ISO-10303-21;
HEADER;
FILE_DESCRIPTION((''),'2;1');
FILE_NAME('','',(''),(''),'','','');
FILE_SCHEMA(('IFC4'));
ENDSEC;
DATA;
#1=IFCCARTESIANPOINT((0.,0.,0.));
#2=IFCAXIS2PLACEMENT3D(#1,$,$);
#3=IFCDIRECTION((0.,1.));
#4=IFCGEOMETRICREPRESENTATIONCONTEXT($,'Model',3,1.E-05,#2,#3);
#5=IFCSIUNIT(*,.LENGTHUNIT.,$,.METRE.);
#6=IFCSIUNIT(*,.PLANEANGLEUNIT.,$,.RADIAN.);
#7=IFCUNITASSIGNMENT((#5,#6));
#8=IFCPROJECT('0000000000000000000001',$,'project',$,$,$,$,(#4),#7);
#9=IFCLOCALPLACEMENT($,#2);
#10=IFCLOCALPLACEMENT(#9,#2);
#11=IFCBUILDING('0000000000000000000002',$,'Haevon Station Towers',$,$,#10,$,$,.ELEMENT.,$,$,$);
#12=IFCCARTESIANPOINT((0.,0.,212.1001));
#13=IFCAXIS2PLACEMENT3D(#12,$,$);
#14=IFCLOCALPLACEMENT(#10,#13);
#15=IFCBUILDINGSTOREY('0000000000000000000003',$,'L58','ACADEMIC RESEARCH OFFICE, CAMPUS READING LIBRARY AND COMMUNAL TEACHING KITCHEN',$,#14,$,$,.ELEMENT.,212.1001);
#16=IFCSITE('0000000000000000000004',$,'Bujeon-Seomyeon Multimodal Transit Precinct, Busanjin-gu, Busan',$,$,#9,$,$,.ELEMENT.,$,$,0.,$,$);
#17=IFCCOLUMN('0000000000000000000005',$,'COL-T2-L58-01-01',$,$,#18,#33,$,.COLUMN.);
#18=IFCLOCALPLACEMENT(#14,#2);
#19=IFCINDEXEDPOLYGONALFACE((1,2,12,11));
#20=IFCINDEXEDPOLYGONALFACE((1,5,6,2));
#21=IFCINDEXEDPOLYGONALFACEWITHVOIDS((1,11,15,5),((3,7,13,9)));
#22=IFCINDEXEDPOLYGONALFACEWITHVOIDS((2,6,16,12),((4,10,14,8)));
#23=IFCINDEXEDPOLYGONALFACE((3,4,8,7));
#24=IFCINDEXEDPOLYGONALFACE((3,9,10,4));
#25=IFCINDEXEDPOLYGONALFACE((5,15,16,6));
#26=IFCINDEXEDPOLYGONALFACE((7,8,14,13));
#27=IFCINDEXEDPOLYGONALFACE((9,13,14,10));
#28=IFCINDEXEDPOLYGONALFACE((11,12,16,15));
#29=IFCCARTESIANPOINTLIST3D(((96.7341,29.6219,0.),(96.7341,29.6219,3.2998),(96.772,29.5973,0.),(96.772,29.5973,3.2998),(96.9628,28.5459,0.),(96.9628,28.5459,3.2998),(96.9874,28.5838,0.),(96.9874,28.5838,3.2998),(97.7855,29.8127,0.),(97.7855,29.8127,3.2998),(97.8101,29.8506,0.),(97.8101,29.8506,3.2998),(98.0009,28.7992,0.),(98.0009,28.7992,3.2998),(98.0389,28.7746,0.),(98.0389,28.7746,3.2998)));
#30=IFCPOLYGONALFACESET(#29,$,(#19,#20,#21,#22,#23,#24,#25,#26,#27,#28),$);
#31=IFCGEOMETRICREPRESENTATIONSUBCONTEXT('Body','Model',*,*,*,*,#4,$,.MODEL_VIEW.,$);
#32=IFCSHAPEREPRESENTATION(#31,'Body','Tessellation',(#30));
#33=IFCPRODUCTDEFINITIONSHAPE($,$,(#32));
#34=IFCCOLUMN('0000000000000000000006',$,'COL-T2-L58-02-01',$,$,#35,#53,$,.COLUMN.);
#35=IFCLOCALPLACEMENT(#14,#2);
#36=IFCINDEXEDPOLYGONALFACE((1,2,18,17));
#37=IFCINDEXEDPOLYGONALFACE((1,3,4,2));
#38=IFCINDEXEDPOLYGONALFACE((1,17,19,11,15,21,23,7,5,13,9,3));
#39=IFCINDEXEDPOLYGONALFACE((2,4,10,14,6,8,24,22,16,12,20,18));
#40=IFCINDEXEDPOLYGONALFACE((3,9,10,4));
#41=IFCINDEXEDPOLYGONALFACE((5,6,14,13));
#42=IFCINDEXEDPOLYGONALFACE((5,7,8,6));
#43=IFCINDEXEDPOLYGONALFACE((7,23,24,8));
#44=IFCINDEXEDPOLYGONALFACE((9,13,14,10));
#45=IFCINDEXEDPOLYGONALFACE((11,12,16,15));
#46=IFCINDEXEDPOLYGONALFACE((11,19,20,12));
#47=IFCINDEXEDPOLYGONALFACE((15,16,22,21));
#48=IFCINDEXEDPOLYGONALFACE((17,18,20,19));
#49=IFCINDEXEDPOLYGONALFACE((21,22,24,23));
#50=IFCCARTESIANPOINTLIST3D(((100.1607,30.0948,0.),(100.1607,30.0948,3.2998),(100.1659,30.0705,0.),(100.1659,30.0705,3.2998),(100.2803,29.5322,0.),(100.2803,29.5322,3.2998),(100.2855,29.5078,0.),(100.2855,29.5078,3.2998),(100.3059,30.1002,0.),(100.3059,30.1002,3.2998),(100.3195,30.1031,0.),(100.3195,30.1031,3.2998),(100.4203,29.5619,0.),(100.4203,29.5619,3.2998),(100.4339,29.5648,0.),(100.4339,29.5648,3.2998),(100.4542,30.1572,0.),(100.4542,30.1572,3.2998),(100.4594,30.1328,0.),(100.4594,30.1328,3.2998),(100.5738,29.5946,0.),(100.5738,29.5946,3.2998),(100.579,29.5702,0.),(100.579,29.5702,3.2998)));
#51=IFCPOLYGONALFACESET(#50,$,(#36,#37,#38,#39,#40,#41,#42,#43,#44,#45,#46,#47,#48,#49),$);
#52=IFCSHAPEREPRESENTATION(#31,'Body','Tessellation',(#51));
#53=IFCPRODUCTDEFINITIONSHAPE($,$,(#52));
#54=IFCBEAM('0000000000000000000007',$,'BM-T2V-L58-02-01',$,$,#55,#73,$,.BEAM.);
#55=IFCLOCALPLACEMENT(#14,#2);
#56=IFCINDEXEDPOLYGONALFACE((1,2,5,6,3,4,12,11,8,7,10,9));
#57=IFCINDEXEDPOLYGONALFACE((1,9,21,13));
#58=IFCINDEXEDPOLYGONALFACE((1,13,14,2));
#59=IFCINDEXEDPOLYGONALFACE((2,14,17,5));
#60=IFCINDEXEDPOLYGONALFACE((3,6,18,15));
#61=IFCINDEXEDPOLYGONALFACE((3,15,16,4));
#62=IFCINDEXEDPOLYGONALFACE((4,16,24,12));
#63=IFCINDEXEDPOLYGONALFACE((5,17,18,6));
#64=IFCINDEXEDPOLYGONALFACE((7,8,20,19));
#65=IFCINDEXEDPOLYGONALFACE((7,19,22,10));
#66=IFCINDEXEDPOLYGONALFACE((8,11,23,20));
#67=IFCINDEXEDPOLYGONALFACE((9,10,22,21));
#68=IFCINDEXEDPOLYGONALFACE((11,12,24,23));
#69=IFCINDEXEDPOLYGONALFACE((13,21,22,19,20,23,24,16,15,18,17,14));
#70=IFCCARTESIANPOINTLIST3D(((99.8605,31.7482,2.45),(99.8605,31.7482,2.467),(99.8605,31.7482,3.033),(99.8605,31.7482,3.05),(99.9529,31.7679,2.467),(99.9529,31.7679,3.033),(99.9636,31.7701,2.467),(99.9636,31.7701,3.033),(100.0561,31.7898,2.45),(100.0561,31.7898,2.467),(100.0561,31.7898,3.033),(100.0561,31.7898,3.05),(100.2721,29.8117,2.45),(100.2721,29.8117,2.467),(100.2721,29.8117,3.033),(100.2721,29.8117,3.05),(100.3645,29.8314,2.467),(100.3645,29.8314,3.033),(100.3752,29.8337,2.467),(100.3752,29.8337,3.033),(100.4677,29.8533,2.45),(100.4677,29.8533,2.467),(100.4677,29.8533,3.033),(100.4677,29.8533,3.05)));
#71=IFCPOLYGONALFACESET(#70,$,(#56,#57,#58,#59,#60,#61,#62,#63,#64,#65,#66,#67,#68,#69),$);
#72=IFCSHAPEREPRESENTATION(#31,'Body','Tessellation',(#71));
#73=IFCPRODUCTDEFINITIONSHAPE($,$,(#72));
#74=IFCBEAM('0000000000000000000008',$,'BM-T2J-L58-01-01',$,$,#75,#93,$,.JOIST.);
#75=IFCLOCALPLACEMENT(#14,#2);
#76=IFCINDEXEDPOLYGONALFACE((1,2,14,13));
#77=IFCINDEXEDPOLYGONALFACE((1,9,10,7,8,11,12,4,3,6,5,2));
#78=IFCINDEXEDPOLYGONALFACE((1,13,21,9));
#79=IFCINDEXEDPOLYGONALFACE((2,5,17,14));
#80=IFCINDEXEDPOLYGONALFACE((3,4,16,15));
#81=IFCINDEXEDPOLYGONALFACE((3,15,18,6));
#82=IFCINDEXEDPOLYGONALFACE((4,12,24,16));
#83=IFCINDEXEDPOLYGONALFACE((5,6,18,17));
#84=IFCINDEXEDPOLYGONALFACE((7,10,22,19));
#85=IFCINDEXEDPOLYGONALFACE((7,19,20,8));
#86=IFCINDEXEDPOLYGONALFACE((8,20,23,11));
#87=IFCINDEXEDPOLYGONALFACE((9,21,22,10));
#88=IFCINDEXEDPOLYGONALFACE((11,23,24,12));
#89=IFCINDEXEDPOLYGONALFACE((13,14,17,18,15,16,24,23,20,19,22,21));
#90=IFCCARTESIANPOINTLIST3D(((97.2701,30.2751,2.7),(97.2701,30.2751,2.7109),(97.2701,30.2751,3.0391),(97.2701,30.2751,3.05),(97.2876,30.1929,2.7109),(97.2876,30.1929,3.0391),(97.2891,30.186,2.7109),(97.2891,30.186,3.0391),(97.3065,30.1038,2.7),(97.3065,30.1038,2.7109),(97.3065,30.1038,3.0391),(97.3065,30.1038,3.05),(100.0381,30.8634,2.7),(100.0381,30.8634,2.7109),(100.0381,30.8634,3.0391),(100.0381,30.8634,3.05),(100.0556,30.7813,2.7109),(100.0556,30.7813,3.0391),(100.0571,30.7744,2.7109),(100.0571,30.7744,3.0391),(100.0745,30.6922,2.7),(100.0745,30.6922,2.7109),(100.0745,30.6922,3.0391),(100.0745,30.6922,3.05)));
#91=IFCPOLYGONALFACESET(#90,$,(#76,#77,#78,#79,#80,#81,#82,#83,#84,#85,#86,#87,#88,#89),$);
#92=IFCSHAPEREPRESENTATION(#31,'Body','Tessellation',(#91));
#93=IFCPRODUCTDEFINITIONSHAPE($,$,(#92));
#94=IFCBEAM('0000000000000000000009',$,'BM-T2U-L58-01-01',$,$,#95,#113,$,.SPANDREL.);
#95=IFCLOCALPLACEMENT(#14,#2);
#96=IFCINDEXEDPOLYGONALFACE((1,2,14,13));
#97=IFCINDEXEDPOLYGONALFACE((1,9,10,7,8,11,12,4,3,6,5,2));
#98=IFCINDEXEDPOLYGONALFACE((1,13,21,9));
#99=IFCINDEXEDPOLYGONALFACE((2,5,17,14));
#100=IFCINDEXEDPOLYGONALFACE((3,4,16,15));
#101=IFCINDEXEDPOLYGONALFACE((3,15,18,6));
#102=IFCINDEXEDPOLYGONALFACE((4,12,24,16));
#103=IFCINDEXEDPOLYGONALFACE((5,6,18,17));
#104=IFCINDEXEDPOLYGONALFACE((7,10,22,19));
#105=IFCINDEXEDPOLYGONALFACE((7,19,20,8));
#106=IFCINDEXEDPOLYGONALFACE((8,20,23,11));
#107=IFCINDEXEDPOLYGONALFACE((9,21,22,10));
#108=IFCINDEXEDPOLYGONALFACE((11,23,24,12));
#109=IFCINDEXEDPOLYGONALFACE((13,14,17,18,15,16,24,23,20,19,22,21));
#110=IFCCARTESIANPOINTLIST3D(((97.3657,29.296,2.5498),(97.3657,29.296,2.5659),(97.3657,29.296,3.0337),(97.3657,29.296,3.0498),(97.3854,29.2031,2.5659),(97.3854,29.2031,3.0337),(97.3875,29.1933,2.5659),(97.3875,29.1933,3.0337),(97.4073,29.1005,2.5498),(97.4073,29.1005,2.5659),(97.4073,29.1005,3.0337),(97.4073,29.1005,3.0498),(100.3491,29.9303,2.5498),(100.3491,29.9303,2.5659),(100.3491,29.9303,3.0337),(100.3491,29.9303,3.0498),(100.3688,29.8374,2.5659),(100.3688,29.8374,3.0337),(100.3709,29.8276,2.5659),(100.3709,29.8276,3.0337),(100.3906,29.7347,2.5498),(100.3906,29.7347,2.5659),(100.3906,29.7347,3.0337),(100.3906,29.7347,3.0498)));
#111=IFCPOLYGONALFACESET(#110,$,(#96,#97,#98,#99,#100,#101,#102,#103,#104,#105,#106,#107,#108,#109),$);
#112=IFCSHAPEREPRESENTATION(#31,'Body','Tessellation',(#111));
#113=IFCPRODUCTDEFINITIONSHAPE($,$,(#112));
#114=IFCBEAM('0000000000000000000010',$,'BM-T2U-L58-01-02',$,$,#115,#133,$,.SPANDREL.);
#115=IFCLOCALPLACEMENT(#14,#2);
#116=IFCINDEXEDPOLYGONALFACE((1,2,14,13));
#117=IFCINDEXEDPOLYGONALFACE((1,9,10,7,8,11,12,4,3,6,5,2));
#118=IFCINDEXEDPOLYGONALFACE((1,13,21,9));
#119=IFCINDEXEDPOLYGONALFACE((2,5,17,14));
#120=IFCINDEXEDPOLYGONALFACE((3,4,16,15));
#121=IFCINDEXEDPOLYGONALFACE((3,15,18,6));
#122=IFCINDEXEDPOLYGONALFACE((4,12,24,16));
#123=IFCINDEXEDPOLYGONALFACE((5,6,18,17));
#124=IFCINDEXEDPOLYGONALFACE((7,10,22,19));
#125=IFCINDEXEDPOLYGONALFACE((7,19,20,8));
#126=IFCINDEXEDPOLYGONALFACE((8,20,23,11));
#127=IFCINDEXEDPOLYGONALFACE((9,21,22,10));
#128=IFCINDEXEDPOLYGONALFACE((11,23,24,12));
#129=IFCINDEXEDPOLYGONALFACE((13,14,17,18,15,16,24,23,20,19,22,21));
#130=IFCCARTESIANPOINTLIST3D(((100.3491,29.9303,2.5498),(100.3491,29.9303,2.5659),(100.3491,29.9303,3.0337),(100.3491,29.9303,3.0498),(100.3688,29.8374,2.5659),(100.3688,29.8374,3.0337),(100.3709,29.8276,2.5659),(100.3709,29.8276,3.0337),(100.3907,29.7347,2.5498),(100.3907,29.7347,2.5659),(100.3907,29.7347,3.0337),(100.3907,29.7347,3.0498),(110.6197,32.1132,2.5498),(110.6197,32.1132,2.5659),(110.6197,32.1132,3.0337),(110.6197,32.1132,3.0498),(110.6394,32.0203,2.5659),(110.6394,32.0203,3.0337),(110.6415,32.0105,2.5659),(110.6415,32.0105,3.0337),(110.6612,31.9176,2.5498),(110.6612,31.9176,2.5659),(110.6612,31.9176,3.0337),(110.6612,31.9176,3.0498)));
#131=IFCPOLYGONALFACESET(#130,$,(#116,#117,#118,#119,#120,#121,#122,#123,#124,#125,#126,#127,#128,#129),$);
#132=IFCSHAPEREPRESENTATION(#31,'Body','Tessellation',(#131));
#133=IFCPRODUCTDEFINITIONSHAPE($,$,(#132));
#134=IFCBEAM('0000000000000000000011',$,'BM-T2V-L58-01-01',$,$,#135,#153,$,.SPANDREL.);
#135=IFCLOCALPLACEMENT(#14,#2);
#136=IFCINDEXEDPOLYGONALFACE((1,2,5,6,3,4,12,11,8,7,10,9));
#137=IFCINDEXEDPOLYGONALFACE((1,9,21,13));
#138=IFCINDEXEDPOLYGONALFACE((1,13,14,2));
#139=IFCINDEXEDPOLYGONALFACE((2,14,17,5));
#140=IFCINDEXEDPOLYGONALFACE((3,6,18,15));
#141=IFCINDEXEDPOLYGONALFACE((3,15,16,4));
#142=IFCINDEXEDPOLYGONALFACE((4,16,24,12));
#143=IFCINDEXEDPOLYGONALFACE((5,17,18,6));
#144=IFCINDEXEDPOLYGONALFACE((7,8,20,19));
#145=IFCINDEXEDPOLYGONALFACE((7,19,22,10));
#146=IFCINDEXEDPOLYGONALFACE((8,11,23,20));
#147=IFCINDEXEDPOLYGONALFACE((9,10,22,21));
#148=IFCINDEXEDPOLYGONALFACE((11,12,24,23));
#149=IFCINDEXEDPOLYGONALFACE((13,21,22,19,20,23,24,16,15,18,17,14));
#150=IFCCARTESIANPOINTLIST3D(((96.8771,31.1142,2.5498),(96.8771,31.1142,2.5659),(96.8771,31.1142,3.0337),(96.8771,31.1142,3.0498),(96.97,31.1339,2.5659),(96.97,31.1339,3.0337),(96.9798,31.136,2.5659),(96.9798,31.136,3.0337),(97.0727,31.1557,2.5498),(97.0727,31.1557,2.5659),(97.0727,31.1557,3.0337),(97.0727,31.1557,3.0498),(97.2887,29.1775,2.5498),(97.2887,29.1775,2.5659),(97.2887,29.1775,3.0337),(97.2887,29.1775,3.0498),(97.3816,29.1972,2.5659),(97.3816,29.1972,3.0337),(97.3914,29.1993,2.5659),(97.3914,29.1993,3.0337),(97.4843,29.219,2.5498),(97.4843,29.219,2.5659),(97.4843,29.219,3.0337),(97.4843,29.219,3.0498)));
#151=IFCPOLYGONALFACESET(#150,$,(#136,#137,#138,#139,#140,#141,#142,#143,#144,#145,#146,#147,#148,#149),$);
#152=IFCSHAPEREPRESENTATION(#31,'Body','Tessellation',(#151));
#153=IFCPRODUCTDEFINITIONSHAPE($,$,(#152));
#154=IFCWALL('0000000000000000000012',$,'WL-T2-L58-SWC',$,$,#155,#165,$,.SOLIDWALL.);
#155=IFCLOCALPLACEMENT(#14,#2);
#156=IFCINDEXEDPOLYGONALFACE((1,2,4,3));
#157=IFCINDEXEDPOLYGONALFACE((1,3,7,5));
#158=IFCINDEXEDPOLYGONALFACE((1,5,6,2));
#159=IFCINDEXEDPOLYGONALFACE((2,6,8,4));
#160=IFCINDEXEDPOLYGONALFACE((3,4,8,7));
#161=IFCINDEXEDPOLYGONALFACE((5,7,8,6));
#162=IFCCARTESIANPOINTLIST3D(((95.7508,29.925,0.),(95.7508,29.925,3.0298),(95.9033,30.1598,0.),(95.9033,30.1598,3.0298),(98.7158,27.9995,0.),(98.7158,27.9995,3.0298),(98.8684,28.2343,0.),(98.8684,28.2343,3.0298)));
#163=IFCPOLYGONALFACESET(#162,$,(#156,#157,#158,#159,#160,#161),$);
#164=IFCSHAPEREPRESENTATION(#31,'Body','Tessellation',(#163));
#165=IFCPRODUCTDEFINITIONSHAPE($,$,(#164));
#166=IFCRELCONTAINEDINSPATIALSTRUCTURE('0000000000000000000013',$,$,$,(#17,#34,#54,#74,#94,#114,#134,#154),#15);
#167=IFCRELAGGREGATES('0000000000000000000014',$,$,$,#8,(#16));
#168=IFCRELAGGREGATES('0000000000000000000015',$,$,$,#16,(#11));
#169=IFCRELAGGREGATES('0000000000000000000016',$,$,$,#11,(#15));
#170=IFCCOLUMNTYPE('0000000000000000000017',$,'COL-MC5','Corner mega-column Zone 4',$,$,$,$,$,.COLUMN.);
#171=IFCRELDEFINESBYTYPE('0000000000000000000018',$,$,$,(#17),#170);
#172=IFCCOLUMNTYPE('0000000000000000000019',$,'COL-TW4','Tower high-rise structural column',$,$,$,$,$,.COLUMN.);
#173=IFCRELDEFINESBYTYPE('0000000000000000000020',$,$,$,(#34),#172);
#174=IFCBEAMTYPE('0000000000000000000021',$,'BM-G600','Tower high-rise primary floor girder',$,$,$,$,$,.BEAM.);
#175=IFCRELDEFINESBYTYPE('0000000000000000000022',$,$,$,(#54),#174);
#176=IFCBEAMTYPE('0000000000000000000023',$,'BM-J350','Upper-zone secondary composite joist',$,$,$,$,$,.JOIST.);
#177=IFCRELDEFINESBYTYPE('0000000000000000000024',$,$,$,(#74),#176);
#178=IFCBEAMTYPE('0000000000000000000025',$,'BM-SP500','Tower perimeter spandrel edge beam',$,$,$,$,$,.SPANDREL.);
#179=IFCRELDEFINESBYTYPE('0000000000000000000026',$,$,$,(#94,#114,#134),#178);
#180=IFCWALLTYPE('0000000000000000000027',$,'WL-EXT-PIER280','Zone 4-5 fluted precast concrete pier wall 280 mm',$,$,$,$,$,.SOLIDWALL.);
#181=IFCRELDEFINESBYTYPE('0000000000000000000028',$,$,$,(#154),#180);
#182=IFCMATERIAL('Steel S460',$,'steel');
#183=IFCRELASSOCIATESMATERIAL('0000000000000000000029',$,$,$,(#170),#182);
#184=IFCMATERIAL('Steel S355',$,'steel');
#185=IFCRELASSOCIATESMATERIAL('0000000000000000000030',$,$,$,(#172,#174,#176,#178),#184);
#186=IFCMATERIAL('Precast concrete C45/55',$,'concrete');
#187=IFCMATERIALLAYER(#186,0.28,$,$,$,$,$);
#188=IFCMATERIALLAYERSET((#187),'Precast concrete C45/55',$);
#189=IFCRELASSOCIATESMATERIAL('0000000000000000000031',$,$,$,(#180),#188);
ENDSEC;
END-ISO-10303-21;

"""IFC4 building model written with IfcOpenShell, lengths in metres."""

from ifc_helpers import new_model, si_unit, direction, frame, frame_2d, origin, origin_2d, place, context, subcontext, project, spatial, rectangle, hollow_rectangle, i_section, extrude, material, layer, layer_set, material_profile, profile_set, type_object, element, save


model = new_model("IFC4")

# Units and contexts
model_context = context("Model", 3, precision=1e-05, world=origin(), true_north=direction((0.0, 1.0)))
body_context = subcontext(model_context, "Body", "Model", "MODEL_VIEW")
ifc_project = project(units=[si_unit("LENGTHUNIT", "METRE"), si_unit("PLANEANGLEUNIT", "RADIAN")], contexts=[model_context])

# Site, building, storey
site_placement = place(None, origin())
site = spatial("IfcSite", under=ifc_project, at=site_placement, Name="Bujeon-Seomyeon Multimodal Transit Precinct, Busanjin-gu, Busan", CompositionType="ELEMENT", RefElevation=0.0)
building_placement = place(site_placement, origin())
building = spatial("IfcBuilding", under=site, at=building_placement, Name="Haevon Station Towers", CompositionType="ELEMENT")
storey_placement = place(building_placement, frame((0.0, 0.0, 212.1001)))
storey = spatial("IfcBuildingStorey", under=building, at=storey_placement, Name="L58", Description="ACADEMIC RESEARCH OFFICE, CAMPUS READING LIBRARY AND COMMUNAL TEACHING KITCHEN", CompositionType="ELEMENT", Elevation=212.1001)

# Columns
ifc_material_1 = material(Name="Steel S460", Category="steel")
ifc_material_profile_1 = material_profile(ifc_material_1, hollow_rectangle(XDim=1.1001, YDim=1.1001, WallThickness=0.032, at=origin_2d()), Name="BOX-1100x1100x32")
ifc_profile_set_1 = profile_set([ifc_material_profile_1], Name="Steel S460")
column_type_1 = type_object("IfcColumnType", Name="COL-MC5", Description="Corner mega-column Zone 4", PredefinedType="COLUMN", material=ifc_profile_set_1)
column_1_placement = place(storey_placement, frame((97.3865, 29.1982, 0.0), z_axis=(0.0, 0.0, 1.0), x_axis=(0.978148, 0.207912, 0.0)))
element("IfcColumn", 1, at=column_1_placement, inside=storey, type_object=column_type_1, Name="COL-T2-L58-01-01", PredefinedType="COLUMN", context=body_context, shape_type="SweptSolid", body=[
    extrude(hollow_rectangle(XDim=1.1001, YDim=1.1001, WallThickness=0.032, at=origin_2d()), origin(), (0.0, 0.0, 1.0), 3.2998),
])
ifc_material_2 = material(Name="Steel S355", Category="steel")
ifc_material_profile_2 = material_profile(ifc_material_2, i_section(OverallWidth=0.3, OverallDepth=0.6001, WebThickness=0.0139, FlangeThickness=0.0249, at=origin_2d()), Name="H-600x300x14x25")
ifc_profile_set_2 = profile_set([ifc_material_profile_2], Name="Steel S355")
column_type_2 = type_object("IfcColumnType", Name="COL-TW4", Description="Tower high-rise structural column", PredefinedType="COLUMN", material=ifc_profile_set_2)
column_2_placement = place(storey_placement, frame((100.3699, 29.8325, 0.0), z_axis=(0.0, 0.0, 1.0), x_axis=(0.978148, 0.207912, 0.0)))
element("IfcColumn", 2, at=column_2_placement, inside=storey, type_object=column_type_2, Name="COL-T2-L58-02-01", PredefinedType="COLUMN", context=body_context, shape_type="SweptSolid", body=[
    extrude(i_section(OverallWidth=0.3, OverallDepth=0.6001, WebThickness=0.0139, FlangeThickness=0.0249, at=origin_2d()), origin(), (0.0, 0.0, 1.0), 3.2998),
])

# Beams
ifc_material_profile_3 = material_profile(ifc_material_2, i_section(OverallWidth=0.2, OverallDepth=0.6001, WebThickness=0.011, FlangeThickness=0.0171, at=origin_2d()), Name="H-600x200x11x17")
ifc_profile_set_3 = profile_set([ifc_material_profile_3], Name="Steel S355")
beam_type_1 = type_object("IfcBeamType", Name="BM-G600", Description="Tower high-rise primary floor girder", PredefinedType="BEAM", material=ifc_profile_set_3)
beam_1_placement = place(storey_placement, frame((100.3699, 29.8325, 2.75), z_axis=(-0.207912, 0.978148, 0.0), x_axis=(-0.978148, -0.207912, 0.0)))
element("IfcBeam", 3, at=beam_1_placement, inside=storey, type_object=beam_type_1, Name="BM-T2V-L58-02-01", PredefinedType="BEAM", context=body_context, shape_type="SweptSolid", body=[
    extrude(i_section(OverallWidth=0.2, OverallDepth=0.6001, WebThickness=0.011, FlangeThickness=0.0171, at=origin_2d()), origin(), (0.0, 0.0, 1.0), 1.9797),
])
ifc_material_profile_4 = material_profile(ifc_material_2, i_section(OverallWidth=0.175, OverallDepth=0.3501, WebThickness=0.0071, FlangeThickness=0.011, at=origin_2d()), Name="H-350x175x7x11")
ifc_profile_set_4 = profile_set([ifc_material_profile_4], Name="Steel S355")
beam_type_2 = type_object("IfcBeamType", Name="BM-J350", Description="Upper-zone secondary composite joist", PredefinedType="JOIST", material=ifc_profile_set_4)
beam_2_placement = place(storey_placement, frame((97.2883, 30.1895, 2.875), z_axis=(0.978147, 0.207914, 0.0), x_axis=(-0.207914, 0.978147, 0.0)))
element("IfcBeam", 4, at=beam_2_placement, inside=storey, type_object=beam_type_2, Name="BM-T2J-L58-01-01", PredefinedType="JOIST", context=body_context, shape_type="SweptSolid", body=[
    extrude(i_section(OverallWidth=0.175, OverallDepth=0.3501, WebThickness=0.0071, FlangeThickness=0.011, at=origin_2d()), origin(), (0.0, 0.0, 1.0), 2.8298),
])
ifc_material_profile_5 = material_profile(ifc_material_2, i_section(OverallWidth=0.2, OverallDepth=0.5, WebThickness=0.01, FlangeThickness=0.0161, at=origin_2d()), Name="H-500x200x10x16")
ifc_profile_set_5 = profile_set([ifc_material_profile_5], Name="Steel S355")
beam_type_3 = type_object("IfcBeamType", Name="BM-SP500", Description="Tower perimeter spandrel edge beam", PredefinedType="SPANDREL", material=ifc_profile_set_5)
beam_3_placement = place(storey_placement, frame((97.3865, 29.1982, 2.7998), z_axis=(0.978139, 0.207954, 0.0), x_axis=(-0.207954, 0.978139, 0.0)))
element("IfcBeam", 5, at=beam_3_placement, inside=storey, type_object=beam_type_3, Name="BM-T2U-L58-01-01", PredefinedType="SPANDREL", context=body_context, shape_type="SweptSolid", body=[
    extrude(i_section(OverallWidth=0.2, OverallDepth=0.5, WebThickness=0.01, FlangeThickness=0.0161, at=origin_2d()), origin(), (0.0, 0.0, 1.0), 3.05),
])
beam_4_placement = place(storey_placement, frame((100.3699, 29.8325, 2.7998), z_axis=(0.978152, 0.207893, 0.0), x_axis=(-0.207893, 0.978152, 0.0)))
element("IfcBeam", 6, at=beam_4_placement, inside=storey, type_object=beam_type_3, Name="BM-T2U-L58-01-02", PredefinedType="SPANDREL", context=body_context, shape_type="SweptSolid", body=[
    extrude(i_section(OverallWidth=0.2, OverallDepth=0.5, WebThickness=0.01, FlangeThickness=0.0161, at=origin_2d()), origin(), (0.0, 0.0, 1.0), 10.5),
])
beam_5_placement = place(storey_placement, frame((97.3865, 29.1982, 2.7998), z_axis=(-0.207887, 0.978153, 0.0), x_axis=(-0.978153, -0.207887, 0.0)))
element("IfcBeam", 7, at=beam_5_placement, inside=storey, type_object=beam_type_3, Name="BM-T2V-L58-01-01", PredefinedType="SPANDREL", context=body_context, shape_type="SweptSolid", body=[
    extrude(i_section(OverallWidth=0.2, OverallDepth=0.5, WebThickness=0.01, FlangeThickness=0.0161, at=origin_2d()), origin(), (0.0, 0.0, 1.0), 1.98),
])

# Wall
ifc_material_3 = material(Name="Precast concrete C45/55", Category="concrete")
ifc_layer_1 = layer(ifc_material_3, 0.28)
ifc_layer_set_1 = layer_set([ifc_layer_1], Name="Precast concrete C45/55")
wall_type_1 = type_object("IfcWallType", Name="WL-EXT-PIER280", Description="Zone 4-5 fluted precast concrete pier wall 280 mm", PredefinedType="SOLIDWALL", material=ifc_layer_set_1)
wall_1_placement = place(storey_placement, frame((98.792, 28.1169, 0.0), z_axis=(0.0, 0.0, 1.0), x_axis=(-0.838672, 0.544636, 0.0)))
element("IfcWall", 8, at=wall_1_placement, inside=storey, type_object=wall_type_1, Name="WL-T2-L58-SWC", PredefinedType="SOLIDWALL", context=body_context, shape_type="SweptSolid", body=[
    extrude(rectangle(XDim=3.5354, YDim=0.28, at=frame_2d((1.7676, 0.0))), origin(), (0.0, 0.0, 1.0), 3.0298),
])

save(model, "model.ifc")
